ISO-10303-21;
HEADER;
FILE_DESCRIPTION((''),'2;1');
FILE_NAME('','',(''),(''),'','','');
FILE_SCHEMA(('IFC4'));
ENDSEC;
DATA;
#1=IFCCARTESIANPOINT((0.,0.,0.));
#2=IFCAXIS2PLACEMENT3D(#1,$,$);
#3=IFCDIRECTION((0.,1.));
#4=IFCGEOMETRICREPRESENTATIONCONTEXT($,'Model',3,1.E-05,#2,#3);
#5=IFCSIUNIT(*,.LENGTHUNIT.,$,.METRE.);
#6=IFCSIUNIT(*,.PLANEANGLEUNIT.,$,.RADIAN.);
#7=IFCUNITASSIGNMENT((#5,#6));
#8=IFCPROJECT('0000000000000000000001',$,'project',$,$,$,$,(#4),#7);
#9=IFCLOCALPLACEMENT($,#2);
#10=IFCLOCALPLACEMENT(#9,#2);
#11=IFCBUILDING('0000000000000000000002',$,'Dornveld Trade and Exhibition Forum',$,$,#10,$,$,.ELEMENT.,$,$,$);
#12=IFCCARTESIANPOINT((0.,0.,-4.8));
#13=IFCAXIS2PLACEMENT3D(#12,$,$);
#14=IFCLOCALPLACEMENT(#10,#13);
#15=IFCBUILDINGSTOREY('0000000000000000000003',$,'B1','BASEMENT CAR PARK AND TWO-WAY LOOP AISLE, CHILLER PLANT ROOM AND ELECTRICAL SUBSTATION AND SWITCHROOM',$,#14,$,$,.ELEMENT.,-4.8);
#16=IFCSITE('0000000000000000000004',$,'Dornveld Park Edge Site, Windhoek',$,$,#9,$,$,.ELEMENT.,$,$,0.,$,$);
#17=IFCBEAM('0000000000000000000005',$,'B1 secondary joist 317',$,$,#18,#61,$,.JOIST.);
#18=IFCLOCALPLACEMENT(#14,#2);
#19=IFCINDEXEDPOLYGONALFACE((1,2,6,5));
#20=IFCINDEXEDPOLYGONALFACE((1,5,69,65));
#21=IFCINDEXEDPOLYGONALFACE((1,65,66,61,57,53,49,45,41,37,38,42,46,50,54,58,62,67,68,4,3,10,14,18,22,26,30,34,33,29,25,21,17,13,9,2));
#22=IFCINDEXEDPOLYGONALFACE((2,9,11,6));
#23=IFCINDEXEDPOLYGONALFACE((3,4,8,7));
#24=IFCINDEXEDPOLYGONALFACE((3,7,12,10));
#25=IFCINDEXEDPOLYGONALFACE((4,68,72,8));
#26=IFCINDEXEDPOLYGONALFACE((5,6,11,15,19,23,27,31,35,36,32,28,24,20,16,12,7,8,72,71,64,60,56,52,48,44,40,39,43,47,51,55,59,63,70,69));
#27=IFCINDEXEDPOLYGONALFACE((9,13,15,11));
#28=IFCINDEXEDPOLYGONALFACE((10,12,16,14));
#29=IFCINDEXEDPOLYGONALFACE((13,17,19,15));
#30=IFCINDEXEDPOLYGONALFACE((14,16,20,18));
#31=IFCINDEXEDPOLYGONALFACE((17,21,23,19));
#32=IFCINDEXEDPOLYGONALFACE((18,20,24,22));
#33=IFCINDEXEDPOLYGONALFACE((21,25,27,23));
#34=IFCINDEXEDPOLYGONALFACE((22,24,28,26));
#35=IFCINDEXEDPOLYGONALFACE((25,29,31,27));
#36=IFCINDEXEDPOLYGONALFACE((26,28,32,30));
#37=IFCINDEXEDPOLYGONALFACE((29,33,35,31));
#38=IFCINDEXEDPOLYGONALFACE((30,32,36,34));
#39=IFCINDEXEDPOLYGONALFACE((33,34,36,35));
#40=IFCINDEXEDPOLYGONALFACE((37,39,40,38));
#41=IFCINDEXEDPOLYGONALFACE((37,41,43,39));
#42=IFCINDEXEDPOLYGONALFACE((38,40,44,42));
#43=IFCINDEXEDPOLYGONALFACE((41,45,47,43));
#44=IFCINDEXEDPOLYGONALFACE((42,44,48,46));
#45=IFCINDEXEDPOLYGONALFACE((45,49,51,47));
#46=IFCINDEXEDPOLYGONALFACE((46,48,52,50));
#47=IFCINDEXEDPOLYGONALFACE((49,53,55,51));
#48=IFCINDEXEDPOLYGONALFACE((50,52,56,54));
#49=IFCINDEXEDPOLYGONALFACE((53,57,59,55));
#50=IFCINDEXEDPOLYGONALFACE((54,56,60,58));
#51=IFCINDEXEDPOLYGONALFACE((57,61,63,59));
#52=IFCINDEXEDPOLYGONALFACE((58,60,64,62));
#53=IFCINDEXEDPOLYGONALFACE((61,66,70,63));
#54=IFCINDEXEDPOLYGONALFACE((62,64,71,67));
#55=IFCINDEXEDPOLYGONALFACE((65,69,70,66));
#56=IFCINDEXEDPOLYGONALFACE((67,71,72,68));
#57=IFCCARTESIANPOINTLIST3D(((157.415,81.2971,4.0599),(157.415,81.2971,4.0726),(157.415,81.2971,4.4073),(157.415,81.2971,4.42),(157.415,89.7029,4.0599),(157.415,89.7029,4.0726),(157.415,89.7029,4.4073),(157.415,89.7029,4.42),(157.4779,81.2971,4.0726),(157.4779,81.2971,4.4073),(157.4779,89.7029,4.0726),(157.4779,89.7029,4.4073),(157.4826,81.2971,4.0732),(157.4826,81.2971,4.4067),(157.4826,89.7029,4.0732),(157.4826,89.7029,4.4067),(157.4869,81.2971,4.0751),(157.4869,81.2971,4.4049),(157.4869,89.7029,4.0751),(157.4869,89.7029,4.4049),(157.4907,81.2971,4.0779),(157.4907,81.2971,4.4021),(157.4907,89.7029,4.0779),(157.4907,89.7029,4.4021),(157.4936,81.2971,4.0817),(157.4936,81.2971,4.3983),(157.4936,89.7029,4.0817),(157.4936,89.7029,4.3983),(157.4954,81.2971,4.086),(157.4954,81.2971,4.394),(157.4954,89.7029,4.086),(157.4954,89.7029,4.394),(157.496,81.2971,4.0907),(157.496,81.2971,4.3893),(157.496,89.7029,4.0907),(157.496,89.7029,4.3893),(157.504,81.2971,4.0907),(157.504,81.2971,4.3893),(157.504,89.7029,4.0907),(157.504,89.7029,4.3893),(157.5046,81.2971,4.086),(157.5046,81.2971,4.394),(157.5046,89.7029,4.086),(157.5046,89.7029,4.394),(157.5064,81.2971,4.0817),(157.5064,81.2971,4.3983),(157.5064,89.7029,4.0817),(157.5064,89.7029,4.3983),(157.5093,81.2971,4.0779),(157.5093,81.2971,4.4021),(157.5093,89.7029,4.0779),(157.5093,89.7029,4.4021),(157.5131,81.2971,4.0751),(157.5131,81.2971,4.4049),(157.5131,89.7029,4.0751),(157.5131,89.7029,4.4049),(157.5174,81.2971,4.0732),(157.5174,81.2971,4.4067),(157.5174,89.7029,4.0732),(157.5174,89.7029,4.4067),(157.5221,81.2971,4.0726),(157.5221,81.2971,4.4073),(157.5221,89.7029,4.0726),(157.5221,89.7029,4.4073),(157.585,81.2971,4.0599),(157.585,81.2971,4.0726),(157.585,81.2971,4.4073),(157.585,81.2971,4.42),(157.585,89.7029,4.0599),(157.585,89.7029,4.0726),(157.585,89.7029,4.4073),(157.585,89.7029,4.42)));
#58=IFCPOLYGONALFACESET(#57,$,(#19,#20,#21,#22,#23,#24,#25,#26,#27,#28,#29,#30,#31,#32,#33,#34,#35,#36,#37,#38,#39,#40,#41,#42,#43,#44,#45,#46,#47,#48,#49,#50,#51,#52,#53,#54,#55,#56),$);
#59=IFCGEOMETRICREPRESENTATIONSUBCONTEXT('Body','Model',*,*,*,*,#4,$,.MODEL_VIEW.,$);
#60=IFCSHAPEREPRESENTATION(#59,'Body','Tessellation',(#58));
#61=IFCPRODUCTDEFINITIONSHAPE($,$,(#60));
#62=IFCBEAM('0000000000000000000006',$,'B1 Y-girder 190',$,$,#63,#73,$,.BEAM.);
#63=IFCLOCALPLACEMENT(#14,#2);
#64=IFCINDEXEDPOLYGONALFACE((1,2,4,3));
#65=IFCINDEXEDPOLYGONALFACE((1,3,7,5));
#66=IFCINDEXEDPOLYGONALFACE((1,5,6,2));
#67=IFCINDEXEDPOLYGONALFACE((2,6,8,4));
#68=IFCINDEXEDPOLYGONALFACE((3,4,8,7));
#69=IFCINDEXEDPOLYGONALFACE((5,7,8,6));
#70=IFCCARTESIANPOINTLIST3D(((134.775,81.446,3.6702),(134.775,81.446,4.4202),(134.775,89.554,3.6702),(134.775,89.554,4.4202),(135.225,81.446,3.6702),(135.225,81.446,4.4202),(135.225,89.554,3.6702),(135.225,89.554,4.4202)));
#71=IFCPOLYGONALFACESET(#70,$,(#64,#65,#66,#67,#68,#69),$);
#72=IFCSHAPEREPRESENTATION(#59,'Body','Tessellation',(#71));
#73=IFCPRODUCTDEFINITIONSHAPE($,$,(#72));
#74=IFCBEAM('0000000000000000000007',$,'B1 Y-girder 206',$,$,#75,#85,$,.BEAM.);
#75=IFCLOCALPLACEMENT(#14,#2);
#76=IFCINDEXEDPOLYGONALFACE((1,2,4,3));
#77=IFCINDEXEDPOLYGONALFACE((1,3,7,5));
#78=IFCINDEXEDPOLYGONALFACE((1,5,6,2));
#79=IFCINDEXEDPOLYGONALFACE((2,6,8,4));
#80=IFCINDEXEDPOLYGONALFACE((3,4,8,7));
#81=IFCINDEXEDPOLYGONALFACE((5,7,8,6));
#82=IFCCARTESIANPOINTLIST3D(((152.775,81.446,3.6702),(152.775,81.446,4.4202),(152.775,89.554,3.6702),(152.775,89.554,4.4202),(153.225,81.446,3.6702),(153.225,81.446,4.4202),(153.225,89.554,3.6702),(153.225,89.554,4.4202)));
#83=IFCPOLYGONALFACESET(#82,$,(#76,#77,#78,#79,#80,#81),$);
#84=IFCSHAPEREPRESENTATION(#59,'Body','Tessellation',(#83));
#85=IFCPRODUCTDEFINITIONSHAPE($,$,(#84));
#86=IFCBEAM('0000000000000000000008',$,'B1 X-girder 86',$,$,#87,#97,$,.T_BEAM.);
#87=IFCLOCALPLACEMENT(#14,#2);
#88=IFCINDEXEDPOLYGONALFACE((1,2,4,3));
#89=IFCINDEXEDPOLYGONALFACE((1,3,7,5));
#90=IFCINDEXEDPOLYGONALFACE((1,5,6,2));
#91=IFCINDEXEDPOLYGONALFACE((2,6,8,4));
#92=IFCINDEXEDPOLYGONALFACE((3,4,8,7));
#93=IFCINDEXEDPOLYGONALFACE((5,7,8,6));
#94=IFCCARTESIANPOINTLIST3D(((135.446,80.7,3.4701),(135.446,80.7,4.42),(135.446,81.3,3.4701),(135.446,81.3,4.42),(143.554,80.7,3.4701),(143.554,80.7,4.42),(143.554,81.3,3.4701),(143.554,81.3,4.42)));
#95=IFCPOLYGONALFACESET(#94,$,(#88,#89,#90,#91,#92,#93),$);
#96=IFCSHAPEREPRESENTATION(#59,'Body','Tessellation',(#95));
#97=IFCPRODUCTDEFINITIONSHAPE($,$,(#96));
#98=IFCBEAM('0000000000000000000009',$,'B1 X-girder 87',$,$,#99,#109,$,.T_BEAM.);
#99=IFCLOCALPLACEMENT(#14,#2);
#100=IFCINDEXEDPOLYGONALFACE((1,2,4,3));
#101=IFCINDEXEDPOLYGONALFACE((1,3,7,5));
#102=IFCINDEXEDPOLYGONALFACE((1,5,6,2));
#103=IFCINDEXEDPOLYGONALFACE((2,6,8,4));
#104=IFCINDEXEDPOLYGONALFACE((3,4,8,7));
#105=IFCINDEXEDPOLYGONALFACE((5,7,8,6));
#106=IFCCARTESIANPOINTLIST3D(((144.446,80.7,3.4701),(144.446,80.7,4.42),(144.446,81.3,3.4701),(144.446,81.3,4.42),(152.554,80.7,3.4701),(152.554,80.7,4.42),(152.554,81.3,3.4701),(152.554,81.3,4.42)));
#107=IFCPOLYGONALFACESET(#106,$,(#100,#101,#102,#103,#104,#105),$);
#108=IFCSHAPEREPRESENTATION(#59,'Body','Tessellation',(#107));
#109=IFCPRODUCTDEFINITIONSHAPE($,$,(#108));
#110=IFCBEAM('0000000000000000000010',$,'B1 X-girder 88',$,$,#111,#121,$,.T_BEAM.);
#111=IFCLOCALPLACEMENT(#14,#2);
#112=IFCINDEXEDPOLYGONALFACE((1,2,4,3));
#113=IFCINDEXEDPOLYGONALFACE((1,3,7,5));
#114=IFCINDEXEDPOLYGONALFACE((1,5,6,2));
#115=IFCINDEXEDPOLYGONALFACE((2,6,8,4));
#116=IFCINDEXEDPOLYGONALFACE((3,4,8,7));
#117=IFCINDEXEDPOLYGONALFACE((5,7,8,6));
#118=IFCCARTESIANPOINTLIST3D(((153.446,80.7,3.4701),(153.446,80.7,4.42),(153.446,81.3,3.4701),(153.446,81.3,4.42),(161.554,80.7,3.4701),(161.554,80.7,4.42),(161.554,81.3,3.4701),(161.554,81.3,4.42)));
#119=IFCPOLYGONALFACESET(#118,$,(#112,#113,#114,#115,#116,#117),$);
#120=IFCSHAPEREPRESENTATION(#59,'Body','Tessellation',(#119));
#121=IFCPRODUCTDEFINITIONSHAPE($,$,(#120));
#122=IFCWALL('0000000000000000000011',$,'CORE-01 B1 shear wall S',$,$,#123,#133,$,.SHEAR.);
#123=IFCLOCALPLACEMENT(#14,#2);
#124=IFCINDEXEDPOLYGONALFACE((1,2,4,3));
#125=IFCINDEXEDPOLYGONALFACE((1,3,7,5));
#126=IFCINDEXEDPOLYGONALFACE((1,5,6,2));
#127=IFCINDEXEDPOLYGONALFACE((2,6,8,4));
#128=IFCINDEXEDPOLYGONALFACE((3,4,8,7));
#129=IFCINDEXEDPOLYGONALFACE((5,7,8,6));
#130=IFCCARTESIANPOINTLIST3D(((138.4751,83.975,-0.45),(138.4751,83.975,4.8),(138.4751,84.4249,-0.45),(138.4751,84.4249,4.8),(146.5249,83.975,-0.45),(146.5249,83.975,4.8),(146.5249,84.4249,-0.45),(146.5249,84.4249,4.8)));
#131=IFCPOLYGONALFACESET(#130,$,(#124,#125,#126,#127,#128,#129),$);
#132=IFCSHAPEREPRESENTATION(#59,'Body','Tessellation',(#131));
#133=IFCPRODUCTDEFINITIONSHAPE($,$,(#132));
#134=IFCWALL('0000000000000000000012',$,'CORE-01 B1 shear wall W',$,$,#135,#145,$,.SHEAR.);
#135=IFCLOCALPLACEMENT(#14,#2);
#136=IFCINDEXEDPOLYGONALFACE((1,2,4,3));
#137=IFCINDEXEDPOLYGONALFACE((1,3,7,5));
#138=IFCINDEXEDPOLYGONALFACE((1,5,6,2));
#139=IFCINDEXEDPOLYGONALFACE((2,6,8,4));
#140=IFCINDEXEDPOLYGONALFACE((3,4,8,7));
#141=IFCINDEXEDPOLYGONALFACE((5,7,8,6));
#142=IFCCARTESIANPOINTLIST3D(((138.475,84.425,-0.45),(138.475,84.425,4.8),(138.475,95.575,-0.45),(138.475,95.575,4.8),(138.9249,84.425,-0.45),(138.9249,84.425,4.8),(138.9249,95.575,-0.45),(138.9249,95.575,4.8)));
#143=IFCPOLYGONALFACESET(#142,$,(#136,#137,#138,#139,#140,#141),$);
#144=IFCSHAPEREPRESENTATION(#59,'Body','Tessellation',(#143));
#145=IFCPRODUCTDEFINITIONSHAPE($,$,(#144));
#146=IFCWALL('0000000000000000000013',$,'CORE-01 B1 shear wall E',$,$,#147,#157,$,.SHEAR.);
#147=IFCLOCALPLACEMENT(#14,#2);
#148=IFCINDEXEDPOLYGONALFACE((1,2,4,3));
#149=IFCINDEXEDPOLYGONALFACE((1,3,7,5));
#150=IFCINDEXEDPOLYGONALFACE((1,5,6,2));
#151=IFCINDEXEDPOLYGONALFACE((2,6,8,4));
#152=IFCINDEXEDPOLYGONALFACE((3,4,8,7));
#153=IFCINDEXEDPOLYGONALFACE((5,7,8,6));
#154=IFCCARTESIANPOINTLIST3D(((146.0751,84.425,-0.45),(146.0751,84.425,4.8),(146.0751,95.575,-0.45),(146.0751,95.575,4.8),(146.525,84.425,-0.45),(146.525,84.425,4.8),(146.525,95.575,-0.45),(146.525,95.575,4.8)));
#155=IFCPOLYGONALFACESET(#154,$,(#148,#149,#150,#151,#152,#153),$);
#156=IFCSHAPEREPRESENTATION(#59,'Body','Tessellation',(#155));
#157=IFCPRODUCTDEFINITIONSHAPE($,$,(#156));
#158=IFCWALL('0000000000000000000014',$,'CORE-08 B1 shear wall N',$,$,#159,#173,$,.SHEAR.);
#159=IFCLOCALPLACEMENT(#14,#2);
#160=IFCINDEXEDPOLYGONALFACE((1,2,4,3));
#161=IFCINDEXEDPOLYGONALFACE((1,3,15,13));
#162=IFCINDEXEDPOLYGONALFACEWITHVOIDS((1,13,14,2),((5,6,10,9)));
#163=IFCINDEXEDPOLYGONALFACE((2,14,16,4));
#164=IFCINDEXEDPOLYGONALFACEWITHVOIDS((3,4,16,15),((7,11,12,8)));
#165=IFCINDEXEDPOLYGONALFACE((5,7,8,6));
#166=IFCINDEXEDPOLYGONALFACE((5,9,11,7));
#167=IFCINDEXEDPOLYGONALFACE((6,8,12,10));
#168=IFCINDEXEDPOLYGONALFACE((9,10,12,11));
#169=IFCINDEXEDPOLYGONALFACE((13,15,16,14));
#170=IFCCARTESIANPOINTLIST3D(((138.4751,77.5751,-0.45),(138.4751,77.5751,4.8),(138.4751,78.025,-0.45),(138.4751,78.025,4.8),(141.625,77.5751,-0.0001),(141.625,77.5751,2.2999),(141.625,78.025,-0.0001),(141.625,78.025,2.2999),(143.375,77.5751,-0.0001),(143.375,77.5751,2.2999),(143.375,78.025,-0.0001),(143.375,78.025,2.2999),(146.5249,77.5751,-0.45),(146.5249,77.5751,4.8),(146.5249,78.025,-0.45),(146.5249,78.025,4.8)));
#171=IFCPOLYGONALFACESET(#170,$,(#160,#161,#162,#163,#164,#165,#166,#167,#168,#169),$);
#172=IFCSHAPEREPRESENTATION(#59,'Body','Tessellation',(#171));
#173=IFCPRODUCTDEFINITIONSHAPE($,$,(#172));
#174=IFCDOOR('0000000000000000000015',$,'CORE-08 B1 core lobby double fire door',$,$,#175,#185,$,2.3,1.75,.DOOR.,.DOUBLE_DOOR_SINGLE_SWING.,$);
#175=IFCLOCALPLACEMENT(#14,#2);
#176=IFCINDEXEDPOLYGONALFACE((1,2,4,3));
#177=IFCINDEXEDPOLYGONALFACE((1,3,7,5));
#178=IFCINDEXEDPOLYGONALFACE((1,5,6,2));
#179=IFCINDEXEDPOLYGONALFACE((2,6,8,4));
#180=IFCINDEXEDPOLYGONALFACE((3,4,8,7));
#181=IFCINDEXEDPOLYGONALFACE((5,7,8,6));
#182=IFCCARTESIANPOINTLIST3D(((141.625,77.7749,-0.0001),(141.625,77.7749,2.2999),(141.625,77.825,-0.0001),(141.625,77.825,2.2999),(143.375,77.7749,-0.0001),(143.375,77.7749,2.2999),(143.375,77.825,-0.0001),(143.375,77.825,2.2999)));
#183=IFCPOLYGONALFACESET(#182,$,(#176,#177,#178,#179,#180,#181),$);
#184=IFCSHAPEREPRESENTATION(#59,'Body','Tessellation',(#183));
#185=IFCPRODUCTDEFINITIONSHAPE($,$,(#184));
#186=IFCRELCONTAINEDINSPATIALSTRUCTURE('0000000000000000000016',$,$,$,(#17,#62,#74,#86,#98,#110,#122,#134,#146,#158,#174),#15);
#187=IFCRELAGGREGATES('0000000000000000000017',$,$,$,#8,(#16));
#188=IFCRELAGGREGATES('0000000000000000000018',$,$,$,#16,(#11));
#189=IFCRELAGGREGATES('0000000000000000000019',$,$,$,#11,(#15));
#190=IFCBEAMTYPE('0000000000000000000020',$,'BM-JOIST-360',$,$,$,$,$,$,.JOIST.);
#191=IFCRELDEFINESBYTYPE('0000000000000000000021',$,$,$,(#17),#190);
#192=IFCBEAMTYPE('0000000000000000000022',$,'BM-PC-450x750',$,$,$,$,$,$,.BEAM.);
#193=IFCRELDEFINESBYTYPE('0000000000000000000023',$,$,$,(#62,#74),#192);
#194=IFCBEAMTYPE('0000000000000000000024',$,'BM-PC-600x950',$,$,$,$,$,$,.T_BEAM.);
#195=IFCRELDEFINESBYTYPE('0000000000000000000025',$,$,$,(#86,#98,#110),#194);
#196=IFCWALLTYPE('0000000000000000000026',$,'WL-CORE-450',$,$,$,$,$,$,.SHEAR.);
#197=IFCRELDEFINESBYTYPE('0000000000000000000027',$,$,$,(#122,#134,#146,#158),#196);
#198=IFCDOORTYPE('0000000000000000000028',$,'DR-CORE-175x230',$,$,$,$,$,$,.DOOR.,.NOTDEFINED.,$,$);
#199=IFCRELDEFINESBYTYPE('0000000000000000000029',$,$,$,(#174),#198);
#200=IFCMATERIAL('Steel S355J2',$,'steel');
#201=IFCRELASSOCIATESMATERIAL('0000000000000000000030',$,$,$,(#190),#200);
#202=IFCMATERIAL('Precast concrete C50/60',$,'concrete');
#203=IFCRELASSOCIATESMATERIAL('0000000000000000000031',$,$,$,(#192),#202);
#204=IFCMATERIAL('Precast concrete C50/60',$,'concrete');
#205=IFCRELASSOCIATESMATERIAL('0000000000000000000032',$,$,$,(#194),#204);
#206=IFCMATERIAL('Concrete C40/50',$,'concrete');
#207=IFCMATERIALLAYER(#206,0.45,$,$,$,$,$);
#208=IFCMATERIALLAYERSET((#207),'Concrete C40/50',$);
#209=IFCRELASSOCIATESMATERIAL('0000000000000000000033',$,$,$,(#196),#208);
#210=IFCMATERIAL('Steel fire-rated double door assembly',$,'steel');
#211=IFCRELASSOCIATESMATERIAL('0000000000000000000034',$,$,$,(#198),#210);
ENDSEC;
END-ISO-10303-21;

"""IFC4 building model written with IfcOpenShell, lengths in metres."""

from ifc_helpers import new_model, si_unit, direction, frame, frame_2d, origin, origin_2d, place, context, subcontext, project, spatial, rectangle, i_section, extrude, material, layer, layer_set, material_profile, profile_set, type_object, element, fill, save


model = new_model("IFC4")

# Units and contexts
model_context = context("Model", 3, precision=1e-05, world=origin(), true_north=direction((0.0, 1.0)))
body_context = subcontext(model_context, "Body", "Model", "MODEL_VIEW")
ifc_project = project(units=[si_unit("LENGTHUNIT", "METRE"), si_unit("PLANEANGLEUNIT", "RADIAN")], contexts=[model_context])

# Site, building, storey
site_placement = place(None, origin())
site = spatial("IfcSite", under=ifc_project, at=site_placement, Name="Dornveld Park Edge Site, Windhoek", CompositionType="ELEMENT", RefElevation=0.0)
building_placement = place(site_placement, origin())
building = spatial("IfcBuilding", under=site, at=building_placement, Name="Dornveld Trade and Exhibition Forum", CompositionType="ELEMENT")
storey_placement = place(building_placement, frame((0.0, 0.0, -4.8)))
storey = spatial("IfcBuildingStorey", under=building, at=storey_placement, Name="B1", Description="BASEMENT CAR PARK AND TWO-WAY LOOP AISLE, CHILLER PLANT ROOM AND ELECTRICAL SUBSTATION AND SWITCHROOM", CompositionType="ELEMENT", Elevation=-4.8)

# Beams
ifc_material_1 = material(Name="Steel S355J2", Category="steel")
ifc_material_profile_1 = material_profile(ifc_material_1, i_section(OverallWidth=0.1699, OverallDepth=0.3601, WebThickness=0.0081, FlangeThickness=0.0127, FilletRadius=0.0181, at=origin_2d()), Name="IPE 360")
ifc_profile_set_1 = profile_set([ifc_material_profile_1], Name="Steel S355J2")
beam_type_1 = type_object("IfcBeamType", Name="BM-JOIST-360", PredefinedType="JOIST", material=ifc_profile_set_1)
beam_placement = place(storey_placement, frame((157.5, 81.2971, 4.24), z_axis=(0.0, 1.0, 0.0), x_axis=(-1.0, 0.0, 0.0)))
element("IfcBeam", 1, at=beam_placement, inside=storey, type_object=beam_type_1, Name="B1 secondary joist 317", PredefinedType="JOIST", context=body_context, shape_type="SweptSolid", body=[
    extrude(i_section(OverallWidth=0.1699, OverallDepth=0.3601, WebThickness=0.0081, FlangeThickness=0.0127, FilletRadius=0.0181, at=origin_2d()), origin(), (0.0, 0.0, 1.0), 8.4058),
])
ifc_material_2 = material(Name="Precast concrete C50/60", Category="concrete")
ifc_material_profile_2 = material_profile(ifc_material_2, rectangle(XDim=0.45, YDim=0.75, at=origin_2d()), Name="PC-BM 450x750")
ifc_profile_set_2 = profile_set([ifc_material_profile_2], Name="Precast concrete C50/60")
beam_type_2 = type_object("IfcBeamType", Name="BM-PC-450x750", PredefinedType="BEAM", material=ifc_profile_set_2)
for number, where, z_axis, x_axis, name in (
    (2, (135.0, 81.446, 4.0452), (0.0, 1.0, 0.0), (-1.0, 0.0, 0.0), "B1 Y-girder 190"),
    (3, (153.0, 81.446, 4.0452), (0.0, 1.0, 0.0), (-1.0, 0.0, 0.0), "B1 Y-girder 206"),
):
    element("IfcBeam", number, at=place(storey_placement, frame(where, z_axis=z_axis, x_axis=x_axis)), inside=storey, type_object=beam_type_2, Name=name, PredefinedType="BEAM", context=body_context, shape_type="SweptSolid", body=[
        extrude(rectangle(XDim=0.45, YDim=0.75, at=origin_2d()), origin(), (0.0, 0.0, 1.0), 8.1079),
    ])
ifc_material_3 = material(Name="Precast concrete C50/60", Category="concrete")
ifc_material_profile_3 = material_profile(ifc_material_3, rectangle(XDim=0.6001, YDim=0.95, at=origin_2d()), Name="PC-GIR 600x950")
ifc_profile_set_3 = profile_set([ifc_material_profile_3], Name="Precast concrete C50/60")
beam_type_3 = type_object("IfcBeamType", Name="BM-PC-600x950", PredefinedType="T_BEAM", material=ifc_profile_set_3)
for number, where, z_axis, x_axis, name in (
    (4, (135.446, 81.0, 3.9451), (1.0, 0.0, 0.0), (0.0, 1.0, 0.0), "B1 X-girder 86"),
    (5, (144.446, 81.0, 3.9451), (1.0, 0.0, 0.0), (0.0, 1.0, 0.0), "B1 X-girder 87"),
    (6, (153.446, 81.0, 3.9451), (1.0, 0.0, 0.0), (0.0, 1.0, 0.0), "B1 X-girder 88"),
):
    element("IfcBeam", number, at=place(storey_placement, frame(where, z_axis=z_axis, x_axis=x_axis)), inside=storey, type_object=beam_type_3, Name=name, PredefinedType="T_BEAM", context=body_context, shape_type="SweptSolid", body=[
        extrude(rectangle(XDim=0.6001, YDim=0.95, at=origin_2d()), origin(), (0.0, 0.0, 1.0), 8.1079),
    ])

# Walls
ifc_material_4 = material(Name="Concrete C40/50", Category="concrete")
ifc_layer_1 = layer(ifc_material_4, 0.45)
ifc_layer_set_1 = layer_set([ifc_layer_1], Name="Concrete C40/50")
wall_type_1 = type_object("IfcWallType", Name="WL-CORE-450", PredefinedType="SHEAR", material=ifc_layer_set_1)
wall_1_placement = place(storey_placement, frame((138.4751, 84.2, -0.45), z_axis=(0.0, 0.0, 1.0), x_axis=(1.0, 0.0, 0.0)))
element("IfcWall", 7, at=wall_1_placement, inside=storey, type_object=wall_type_1, Name="CORE-01 B1 shear wall S", PredefinedType="SHEAR", context=body_context, shape_type="SweptSolid", body=[
    extrude(rectangle(XDim=8.0498, YDim=0.45, at=frame_2d((4.0249, 0.0))), origin(), (0.0, 0.0, 1.0), 5.25),
])
for number, where, z_axis, x_axis, name in (
    (8, (138.7, 84.425, -0.45), (0.0, 0.0, 1.0), (0.0, 1.0, 0.0), "CORE-01 B1 shear wall W"),
    (9, (146.3, 84.425, -0.45), (0.0, 0.0, 1.0), (0.0, 1.0, 0.0), "CORE-01 B1 shear wall E"),
):
    element("IfcWall", number, at=place(storey_placement, frame(where, z_axis=z_axis, x_axis=x_axis)), inside=storey, type_object=wall_type_1, Name=name, PredefinedType="SHEAR", context=body_context, shape_type="SweptSolid", body=[
        extrude(rectangle(XDim=11.1499, YDim=0.45, at=frame_2d((5.575, 0.0))), origin(), (0.0, 0.0, 1.0), 5.25),
    ])

# Wall, opening, door
wall_2_placement = place(storey_placement, frame((138.4751, 77.8, -0.45), z_axis=(0.0, 0.0, 1.0), x_axis=(1.0, 0.0, 0.0)))
wall_2 = element("IfcWall", 10, at=wall_2_placement, inside=storey, type_object=wall_type_1, Name="CORE-08 B1 shear wall N", PredefinedType="SHEAR", context=body_context, shape_type="SweptSolid", body=[
    extrude(rectangle(XDim=8.0498, YDim=0.45, at=frame_2d((4.0249, 0.0))), origin(), (0.0, 0.0, 1.0), 5.25),
])
opening_1_placement = place(wall_2_placement, frame((3.1499, 0.0, 0.45)))
opening_1 = element("IfcOpeningElement", 11, at=opening_1_placement, cuts=wall_2, PredefinedType="OPENING", context=body_context, shape_type="SweptSolid", body=[
    extrude(rectangle(XDim=1.75, YDim=2.3, at=frame_2d((0.875, 1.1499))), frame((0.0, 0.2349, 0.0), z_axis=(0.0, -1.0, 0.0), x_axis=(1.0, 0.0, 0.0)), (0.0, 0.0, 1.0), 0.47),
])
ifc_material_5 = material(Name="Steel fire-rated double door assembly", Category="steel")
door_type_1 = type_object("IfcDoorType", Name="DR-CORE-175x230", OperationType="NOTDEFINED", PredefinedType="DOOR", material=ifc_material_5)
door_1_placement = place(opening_1_placement, origin())
door_1 = element("IfcDoor", 12, at=door_1_placement, inside=storey, type_object=door_type_1, Name="CORE-08 B1 core lobby double fire door", OperationType="DOUBLE_DOOR_SINGLE_SWING", OverallHeight=2.3, OverallWidth=1.75, PredefinedType="DOOR", context=body_context, shape_type="SweptSolid", body=[
    extrude(rectangle(XDim=1.75, YDim=2.3, at=frame_2d((0.875, 1.1499))), frame((0.0, 0.0249, 0.0), z_axis=(0.0, -1.0, 0.0), x_axis=(1.0, 0.0, 0.0)), (0.0, 0.0, 1.0), 0.05),
])
fill(opening_1, door_1)

save(model, "model.ifc")
